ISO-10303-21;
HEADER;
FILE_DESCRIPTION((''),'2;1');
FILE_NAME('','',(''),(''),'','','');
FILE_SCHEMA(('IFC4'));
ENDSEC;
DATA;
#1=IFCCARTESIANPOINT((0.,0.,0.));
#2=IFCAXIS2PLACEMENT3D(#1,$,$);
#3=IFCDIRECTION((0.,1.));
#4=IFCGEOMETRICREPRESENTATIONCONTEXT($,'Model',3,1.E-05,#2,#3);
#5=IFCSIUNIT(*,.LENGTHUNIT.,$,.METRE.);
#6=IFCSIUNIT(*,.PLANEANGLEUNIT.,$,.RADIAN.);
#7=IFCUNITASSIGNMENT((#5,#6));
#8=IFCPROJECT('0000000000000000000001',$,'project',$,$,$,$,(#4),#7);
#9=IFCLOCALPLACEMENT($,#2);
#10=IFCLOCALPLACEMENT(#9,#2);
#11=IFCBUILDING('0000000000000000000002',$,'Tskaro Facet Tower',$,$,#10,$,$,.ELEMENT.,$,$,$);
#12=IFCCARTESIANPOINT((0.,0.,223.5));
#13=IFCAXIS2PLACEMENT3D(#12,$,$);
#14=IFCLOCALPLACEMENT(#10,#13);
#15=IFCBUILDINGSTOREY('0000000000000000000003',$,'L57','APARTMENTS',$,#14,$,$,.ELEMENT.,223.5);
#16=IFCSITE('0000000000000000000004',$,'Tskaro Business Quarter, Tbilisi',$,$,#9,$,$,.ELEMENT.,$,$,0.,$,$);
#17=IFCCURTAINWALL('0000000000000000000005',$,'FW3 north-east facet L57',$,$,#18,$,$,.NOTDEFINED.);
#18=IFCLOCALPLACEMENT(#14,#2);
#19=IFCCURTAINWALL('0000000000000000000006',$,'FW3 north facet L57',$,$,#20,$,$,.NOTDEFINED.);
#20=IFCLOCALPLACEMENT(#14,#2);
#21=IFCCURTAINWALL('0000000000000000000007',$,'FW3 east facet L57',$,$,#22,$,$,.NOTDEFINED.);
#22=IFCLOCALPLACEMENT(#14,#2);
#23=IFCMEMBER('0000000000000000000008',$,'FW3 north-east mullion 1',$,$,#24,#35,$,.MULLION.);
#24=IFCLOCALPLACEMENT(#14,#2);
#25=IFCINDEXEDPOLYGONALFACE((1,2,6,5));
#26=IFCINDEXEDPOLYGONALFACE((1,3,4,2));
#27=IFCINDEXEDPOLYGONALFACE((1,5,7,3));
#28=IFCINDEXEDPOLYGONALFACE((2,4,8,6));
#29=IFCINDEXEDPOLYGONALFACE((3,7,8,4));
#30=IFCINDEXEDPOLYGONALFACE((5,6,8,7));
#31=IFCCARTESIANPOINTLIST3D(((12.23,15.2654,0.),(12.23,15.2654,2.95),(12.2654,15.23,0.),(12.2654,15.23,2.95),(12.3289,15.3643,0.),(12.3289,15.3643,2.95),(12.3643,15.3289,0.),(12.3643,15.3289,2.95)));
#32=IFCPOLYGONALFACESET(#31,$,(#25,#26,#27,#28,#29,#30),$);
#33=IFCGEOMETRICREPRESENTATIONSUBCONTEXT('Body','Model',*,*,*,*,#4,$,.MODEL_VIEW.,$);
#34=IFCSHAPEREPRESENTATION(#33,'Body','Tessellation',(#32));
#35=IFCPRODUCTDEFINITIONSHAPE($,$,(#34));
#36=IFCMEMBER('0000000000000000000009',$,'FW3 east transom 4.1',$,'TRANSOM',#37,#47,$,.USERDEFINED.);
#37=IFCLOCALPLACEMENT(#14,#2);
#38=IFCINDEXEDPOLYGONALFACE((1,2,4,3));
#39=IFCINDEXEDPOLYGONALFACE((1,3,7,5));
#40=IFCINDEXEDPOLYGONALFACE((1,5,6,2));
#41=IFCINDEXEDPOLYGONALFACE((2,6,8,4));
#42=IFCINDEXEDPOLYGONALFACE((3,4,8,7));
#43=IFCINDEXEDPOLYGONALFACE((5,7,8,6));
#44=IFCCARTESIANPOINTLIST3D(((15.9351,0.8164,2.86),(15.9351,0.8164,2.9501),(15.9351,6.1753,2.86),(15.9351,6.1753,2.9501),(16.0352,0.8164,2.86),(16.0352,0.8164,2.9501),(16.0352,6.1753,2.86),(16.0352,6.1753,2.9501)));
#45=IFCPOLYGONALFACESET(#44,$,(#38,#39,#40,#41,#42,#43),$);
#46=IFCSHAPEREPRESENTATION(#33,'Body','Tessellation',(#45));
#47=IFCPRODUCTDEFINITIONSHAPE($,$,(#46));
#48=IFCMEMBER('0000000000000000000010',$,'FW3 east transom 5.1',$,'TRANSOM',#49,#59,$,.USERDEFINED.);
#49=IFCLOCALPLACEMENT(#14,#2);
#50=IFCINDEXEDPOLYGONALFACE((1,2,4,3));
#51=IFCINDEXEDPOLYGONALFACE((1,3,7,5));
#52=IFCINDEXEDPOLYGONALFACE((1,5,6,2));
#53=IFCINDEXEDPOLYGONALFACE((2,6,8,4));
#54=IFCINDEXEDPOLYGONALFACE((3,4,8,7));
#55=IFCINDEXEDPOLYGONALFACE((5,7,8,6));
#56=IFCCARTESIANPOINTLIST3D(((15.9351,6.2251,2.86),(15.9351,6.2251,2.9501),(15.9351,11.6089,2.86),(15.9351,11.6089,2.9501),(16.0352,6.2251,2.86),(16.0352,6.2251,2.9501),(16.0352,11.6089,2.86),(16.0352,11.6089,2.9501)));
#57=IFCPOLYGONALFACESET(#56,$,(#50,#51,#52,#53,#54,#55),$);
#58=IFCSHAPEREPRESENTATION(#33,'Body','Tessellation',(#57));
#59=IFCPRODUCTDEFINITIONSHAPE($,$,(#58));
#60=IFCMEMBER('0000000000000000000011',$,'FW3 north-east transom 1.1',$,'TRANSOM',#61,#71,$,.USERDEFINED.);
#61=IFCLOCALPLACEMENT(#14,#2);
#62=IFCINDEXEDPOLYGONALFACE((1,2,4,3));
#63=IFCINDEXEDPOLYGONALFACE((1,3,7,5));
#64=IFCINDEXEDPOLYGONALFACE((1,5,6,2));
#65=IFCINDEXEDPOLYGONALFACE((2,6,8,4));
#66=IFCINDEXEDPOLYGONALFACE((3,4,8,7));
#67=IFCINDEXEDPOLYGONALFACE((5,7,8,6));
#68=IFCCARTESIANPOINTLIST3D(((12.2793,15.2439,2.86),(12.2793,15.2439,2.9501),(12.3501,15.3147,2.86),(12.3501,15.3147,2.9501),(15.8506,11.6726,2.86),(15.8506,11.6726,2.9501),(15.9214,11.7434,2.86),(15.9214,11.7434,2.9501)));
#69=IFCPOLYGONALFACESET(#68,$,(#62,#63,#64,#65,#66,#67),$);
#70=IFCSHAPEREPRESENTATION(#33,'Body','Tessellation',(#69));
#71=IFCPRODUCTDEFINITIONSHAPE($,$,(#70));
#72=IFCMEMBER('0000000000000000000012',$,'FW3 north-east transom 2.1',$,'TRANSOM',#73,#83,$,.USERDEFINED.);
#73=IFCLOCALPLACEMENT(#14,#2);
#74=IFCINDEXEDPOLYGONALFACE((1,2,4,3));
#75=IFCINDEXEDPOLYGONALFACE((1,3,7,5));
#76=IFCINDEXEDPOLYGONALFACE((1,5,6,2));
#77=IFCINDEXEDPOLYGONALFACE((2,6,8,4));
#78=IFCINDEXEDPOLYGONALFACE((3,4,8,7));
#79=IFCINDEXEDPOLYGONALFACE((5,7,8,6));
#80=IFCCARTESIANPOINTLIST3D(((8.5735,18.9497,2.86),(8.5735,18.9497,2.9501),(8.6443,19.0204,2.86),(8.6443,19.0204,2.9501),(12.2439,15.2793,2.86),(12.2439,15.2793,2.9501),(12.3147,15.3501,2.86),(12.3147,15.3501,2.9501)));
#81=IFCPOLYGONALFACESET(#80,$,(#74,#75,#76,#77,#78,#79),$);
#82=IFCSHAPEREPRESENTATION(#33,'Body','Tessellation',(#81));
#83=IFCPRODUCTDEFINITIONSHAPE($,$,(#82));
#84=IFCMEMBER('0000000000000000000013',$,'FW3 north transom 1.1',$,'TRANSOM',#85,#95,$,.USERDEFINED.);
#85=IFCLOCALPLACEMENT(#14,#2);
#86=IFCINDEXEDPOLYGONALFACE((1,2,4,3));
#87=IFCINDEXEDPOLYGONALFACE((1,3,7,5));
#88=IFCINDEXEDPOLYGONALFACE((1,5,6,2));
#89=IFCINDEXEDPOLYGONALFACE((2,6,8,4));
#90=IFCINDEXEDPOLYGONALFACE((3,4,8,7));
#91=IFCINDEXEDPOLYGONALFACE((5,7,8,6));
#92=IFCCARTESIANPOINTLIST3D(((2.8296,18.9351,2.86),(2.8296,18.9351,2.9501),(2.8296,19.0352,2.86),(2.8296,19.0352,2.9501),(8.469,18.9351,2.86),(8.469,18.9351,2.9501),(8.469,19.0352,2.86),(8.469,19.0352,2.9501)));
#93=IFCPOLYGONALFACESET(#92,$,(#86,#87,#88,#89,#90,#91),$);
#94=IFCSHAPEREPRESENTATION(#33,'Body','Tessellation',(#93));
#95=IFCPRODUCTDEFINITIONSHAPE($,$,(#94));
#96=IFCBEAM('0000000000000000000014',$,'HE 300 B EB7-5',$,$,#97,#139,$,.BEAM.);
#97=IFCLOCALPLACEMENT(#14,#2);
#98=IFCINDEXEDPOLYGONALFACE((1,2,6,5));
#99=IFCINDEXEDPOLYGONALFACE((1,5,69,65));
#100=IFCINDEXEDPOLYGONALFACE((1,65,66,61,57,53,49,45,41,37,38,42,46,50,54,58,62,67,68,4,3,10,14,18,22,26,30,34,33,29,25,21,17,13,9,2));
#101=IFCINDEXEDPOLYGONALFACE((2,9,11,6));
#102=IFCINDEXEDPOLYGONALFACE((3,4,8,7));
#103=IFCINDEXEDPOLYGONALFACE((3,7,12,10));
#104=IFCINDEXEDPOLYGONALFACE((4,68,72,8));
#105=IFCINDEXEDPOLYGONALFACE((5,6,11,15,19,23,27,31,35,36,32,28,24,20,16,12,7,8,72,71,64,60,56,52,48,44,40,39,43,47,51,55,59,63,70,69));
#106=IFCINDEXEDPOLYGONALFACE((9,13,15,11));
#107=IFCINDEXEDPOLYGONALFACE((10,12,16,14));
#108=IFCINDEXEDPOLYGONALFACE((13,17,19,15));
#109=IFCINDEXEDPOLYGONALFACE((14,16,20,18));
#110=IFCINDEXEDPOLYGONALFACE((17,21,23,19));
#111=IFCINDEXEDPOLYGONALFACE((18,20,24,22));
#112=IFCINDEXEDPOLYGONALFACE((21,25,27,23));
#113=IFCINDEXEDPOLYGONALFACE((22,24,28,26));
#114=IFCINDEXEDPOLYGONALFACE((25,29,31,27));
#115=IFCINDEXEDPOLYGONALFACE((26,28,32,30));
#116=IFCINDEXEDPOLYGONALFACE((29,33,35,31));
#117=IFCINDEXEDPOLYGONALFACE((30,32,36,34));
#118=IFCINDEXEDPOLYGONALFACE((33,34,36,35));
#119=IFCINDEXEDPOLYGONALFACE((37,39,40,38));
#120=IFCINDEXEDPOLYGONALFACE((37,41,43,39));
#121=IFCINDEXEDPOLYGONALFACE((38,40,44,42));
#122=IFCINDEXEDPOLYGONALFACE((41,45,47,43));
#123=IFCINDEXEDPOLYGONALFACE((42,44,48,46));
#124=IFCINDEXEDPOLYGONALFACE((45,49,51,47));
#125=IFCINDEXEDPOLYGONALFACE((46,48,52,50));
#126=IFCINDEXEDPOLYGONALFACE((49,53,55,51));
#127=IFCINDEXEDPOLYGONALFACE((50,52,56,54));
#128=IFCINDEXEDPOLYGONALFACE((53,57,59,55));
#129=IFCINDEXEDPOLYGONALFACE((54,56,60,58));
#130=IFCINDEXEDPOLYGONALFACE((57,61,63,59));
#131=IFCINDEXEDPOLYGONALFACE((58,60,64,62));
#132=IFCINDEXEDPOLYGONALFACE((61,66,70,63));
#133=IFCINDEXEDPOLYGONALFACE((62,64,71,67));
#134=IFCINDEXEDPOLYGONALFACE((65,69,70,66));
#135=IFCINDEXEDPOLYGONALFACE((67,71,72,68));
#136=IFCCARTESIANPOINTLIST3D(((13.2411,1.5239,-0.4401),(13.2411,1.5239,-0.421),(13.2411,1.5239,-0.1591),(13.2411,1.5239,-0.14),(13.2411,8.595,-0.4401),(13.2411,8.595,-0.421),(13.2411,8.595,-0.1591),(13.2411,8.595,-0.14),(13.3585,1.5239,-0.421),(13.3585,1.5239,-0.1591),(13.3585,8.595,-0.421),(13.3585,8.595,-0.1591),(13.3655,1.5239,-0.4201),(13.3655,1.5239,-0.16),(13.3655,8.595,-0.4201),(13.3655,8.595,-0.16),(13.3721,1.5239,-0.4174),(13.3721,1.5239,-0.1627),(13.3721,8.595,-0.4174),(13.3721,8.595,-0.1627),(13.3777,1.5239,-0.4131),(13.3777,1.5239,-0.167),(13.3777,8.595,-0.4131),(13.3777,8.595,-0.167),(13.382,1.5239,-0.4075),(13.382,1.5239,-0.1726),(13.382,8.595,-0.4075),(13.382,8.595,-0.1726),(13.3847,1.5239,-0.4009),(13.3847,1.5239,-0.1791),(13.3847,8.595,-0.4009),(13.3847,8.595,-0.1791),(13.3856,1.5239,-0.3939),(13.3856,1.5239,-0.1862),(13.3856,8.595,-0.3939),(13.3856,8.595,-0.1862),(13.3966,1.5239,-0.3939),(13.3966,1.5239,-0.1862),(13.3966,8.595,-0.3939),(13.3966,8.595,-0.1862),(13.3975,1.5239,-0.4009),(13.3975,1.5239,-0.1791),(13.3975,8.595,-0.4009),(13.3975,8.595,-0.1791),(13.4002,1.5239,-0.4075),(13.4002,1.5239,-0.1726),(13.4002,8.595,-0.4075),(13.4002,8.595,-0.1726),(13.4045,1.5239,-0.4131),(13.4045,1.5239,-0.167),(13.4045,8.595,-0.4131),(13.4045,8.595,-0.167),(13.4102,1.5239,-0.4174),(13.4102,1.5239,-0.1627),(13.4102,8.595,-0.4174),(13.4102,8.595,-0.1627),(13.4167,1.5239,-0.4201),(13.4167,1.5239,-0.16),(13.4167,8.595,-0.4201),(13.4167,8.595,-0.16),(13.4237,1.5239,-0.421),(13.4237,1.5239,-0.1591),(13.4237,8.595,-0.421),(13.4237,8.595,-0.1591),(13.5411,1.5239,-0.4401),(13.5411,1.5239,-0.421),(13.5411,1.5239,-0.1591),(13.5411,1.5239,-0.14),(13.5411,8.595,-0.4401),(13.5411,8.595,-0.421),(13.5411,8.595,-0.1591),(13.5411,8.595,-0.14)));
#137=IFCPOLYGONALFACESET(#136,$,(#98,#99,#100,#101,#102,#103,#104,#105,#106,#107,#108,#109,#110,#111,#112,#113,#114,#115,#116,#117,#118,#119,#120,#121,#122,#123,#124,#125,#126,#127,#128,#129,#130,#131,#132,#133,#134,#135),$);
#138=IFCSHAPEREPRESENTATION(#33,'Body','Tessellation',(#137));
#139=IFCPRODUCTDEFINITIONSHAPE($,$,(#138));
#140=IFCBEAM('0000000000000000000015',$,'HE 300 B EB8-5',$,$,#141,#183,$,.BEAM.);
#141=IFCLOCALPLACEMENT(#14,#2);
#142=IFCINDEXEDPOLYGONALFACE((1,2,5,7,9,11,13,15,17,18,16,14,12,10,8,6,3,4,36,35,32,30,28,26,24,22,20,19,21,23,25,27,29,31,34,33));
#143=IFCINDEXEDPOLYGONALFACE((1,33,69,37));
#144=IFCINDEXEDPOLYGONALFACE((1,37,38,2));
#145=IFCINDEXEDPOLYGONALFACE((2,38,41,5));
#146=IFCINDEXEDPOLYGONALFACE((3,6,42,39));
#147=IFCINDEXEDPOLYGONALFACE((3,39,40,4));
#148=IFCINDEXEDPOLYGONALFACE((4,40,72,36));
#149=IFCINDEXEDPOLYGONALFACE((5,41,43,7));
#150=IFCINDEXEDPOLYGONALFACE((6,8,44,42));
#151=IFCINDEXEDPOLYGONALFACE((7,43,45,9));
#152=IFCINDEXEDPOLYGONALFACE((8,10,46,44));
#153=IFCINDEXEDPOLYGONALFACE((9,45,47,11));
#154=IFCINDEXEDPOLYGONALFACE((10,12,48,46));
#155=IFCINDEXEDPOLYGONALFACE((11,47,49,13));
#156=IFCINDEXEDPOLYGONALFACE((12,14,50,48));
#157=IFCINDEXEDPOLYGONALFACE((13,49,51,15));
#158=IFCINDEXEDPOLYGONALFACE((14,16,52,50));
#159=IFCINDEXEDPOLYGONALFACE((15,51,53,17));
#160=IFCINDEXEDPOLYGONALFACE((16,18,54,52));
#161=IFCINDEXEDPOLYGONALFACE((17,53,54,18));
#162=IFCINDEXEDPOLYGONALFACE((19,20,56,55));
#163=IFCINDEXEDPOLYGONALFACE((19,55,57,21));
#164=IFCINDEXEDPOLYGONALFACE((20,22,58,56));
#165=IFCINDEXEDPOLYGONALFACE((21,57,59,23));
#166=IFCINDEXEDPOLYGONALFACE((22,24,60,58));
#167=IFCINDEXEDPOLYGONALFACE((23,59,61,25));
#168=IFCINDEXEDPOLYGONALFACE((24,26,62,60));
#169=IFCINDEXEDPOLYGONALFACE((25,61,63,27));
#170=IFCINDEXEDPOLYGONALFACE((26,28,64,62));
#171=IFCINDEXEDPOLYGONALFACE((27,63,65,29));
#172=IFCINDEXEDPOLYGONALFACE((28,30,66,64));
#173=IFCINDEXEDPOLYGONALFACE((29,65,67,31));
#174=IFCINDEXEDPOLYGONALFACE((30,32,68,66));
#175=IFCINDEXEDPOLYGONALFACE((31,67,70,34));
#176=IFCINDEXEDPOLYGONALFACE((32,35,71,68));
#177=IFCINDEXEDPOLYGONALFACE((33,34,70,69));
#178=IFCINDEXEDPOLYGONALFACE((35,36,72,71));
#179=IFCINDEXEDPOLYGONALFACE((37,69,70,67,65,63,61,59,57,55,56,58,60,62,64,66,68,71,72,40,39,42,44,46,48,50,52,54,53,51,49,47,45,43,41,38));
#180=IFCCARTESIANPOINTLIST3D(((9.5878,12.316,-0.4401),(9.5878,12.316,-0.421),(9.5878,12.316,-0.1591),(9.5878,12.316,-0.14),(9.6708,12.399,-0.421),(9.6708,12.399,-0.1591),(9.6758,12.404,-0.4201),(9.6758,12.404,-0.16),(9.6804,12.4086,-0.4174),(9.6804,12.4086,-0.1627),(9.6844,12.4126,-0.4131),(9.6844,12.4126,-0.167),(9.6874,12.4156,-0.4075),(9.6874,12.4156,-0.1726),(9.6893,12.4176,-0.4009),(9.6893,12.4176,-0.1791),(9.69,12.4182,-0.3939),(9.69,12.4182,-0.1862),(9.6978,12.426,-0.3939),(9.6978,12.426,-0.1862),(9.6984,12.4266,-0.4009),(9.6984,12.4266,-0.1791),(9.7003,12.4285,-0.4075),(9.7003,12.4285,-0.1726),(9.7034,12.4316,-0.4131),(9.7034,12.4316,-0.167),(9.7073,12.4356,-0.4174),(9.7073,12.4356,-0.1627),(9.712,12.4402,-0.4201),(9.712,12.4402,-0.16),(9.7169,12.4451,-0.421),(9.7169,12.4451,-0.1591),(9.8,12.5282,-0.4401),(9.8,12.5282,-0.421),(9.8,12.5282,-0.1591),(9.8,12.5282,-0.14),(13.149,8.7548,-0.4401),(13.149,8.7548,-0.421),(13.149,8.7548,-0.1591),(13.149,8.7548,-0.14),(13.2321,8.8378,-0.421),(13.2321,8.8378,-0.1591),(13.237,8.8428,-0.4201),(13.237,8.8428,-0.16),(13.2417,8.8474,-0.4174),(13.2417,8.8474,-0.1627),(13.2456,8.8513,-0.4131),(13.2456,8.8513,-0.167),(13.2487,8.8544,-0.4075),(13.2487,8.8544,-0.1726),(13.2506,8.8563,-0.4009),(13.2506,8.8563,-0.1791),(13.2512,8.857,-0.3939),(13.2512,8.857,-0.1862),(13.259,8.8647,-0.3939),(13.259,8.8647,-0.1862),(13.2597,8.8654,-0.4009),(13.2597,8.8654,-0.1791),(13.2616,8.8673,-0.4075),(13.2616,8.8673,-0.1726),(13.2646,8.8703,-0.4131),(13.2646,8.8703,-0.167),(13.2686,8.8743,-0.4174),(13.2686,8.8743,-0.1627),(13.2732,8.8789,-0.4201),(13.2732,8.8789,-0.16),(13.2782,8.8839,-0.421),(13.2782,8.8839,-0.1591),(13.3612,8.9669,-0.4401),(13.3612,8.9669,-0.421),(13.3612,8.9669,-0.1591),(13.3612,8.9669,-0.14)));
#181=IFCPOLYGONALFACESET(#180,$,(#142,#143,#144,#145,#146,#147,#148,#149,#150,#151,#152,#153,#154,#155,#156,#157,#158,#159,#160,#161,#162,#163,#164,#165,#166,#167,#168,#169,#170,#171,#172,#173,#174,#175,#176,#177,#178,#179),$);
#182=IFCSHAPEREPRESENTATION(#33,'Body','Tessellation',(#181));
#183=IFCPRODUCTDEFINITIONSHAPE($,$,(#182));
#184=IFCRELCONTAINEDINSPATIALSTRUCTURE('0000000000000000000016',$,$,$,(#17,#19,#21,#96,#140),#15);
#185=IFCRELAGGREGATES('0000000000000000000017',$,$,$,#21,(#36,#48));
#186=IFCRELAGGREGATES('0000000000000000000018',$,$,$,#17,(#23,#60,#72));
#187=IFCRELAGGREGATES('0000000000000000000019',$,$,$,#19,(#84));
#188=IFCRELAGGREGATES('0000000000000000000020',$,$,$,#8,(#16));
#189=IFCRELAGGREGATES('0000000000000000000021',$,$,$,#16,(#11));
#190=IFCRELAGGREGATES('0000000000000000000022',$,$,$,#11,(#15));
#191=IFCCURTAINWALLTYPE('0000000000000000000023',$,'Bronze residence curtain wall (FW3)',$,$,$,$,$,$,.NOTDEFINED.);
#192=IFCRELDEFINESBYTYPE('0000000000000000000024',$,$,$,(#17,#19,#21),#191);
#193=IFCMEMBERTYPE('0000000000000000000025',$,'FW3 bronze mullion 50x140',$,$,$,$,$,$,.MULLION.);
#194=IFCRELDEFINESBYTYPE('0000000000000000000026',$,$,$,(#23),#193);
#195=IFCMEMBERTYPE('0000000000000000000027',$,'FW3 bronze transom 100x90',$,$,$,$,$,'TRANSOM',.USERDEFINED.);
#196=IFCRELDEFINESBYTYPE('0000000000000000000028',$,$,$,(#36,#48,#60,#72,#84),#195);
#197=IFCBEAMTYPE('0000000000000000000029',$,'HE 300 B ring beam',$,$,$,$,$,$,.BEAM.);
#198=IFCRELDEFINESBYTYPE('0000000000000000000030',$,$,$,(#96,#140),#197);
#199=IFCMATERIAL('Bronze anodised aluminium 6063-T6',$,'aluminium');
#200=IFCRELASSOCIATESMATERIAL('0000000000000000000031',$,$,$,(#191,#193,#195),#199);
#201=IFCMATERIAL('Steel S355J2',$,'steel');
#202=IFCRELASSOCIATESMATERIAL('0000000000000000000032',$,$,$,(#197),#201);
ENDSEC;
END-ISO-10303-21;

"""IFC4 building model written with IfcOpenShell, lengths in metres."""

from ifc_helpers import new_model, si_unit, direction, frame, origin, origin_2d, place, context, subcontext, project, spatial, rectangle, i_section, extrude, material, material_profile, profile_set, type_object, element, aggregate, save


model = new_model("IFC4")

# Units and contexts
model_context = context("Model", 3, precision=1e-05, world=origin(), true_north=direction((0.0, 1.0)))
body_context = subcontext(model_context, "Body", "Model", "MODEL_VIEW")
ifc_project = project(units=[si_unit("LENGTHUNIT", "METRE"), si_unit("PLANEANGLEUNIT", "RADIAN")], contexts=[model_context])

# Site, building, storey
site_placement = place(None, origin())
site = spatial("IfcSite", under=ifc_project, at=site_placement, Name="Tskaro Business Quarter, Tbilisi", CompositionType="ELEMENT", RefElevation=0.0)
building_placement = place(site_placement, origin())
building = spatial("IfcBuilding", under=site, at=building_placement, Name="Tskaro Facet Tower", CompositionType="ELEMENT")
storey_placement = place(building_placement, frame((0.0, 0.0, 223.5)))
storey = spatial("IfcBuildingStorey", under=building, at=storey_placement, Name="L57", Description="APARTMENTS", CompositionType="ELEMENT", Elevation=223.5)

# Shared definitions
ifc_material_1 = material(Name="Steel S355J2", Category="steel")

# Curtain walls
ifc_material_2 = material(Name="Bronze anodised aluminium 6063-T6", Category="aluminium")
curtain_wall_type = type_object("IfcCurtainWallType", Name="Bronze residence curtain wall (FW3)", PredefinedType="NOTDEFINED", material=ifc_material_2)
curtain_wall_1_placement = place(storey_placement, origin())
curtain_wall_1 = element("IfcCurtainWall", 1, at=curtain_wall_1_placement, inside=storey, type_object=curtain_wall_type, Name="FW3 north-east facet L57", PredefinedType="NOTDEFINED")
curtain_wall_2_placement = place(storey_placement, origin())
curtain_wall_2 = element("IfcCurtainWall", 2, at=curtain_wall_2_placement, inside=storey, type_object=curtain_wall_type, Name="FW3 north facet L57", PredefinedType="NOTDEFINED")

# Curtain wall
curtain_wall_3_placement = place(storey_placement, origin())
curtain_wall_3 = element("IfcCurtainWall", 3, at=curtain_wall_3_placement, inside=storey, type_object=curtain_wall_type, Name="FW3 east facet L57", PredefinedType="NOTDEFINED")
ifc_material_profile_1 = material_profile(ifc_material_2, rectangle(XDim=0.05, YDim=0.1399, at=origin_2d()), Name="Mullion 50x140")
ifc_profile_set_1 = profile_set([ifc_material_profile_1], Name="Bronze anodised aluminium 6063-T6")
member_type_1 = type_object("IfcMemberType", Name="FW3 bronze mullion 50x140", PredefinedType="MULLION", material=ifc_profile_set_1)

# Members
member_1_placement = place(storey_placement, frame((12.2971, 15.2971, 0.0), z_axis=(0.0, 0.0, 1.0), x_axis=(-0.707107, 0.707107, 0.0)))
member_1 = element("IfcMember", 4, at=member_1_placement, type_object=member_type_1, Name="FW3 north-east mullion 1", PredefinedType="MULLION", context=body_context, shape_type="SweptSolid", body=[
    extrude(rectangle(XDim=0.05, YDim=0.1399, at=origin_2d()), origin(), (0.0, 0.0, 1.0), 2.95),
])
ifc_material_profile_2 = material_profile(ifc_material_2, rectangle(XDim=0.1001, YDim=0.0901, at=origin_2d()), Name="Transom 100x90")
ifc_profile_set_2 = profile_set([ifc_material_profile_2], Name="Bronze anodised aluminium 6063-T6")
member_type_2 = type_object("IfcMemberType", Name="FW3 bronze transom 100x90", ElementType="TRANSOM", PredefinedType="USERDEFINED", material=ifc_profile_set_2)
member_2_placement = place(storey_placement, frame((15.9851, 0.8164, 2.905), z_axis=(0.0, 1.0, 0.0), x_axis=(-1.0, 0.0, 0.0)))
member_2 = element("IfcMember", 5, at=member_2_placement, type_object=member_type_2, Name="FW3 east transom 4.1", ObjectType="TRANSOM", PredefinedType="USERDEFINED", context=body_context, shape_type="SweptSolid", body=[
    extrude(rectangle(XDim=0.1001, YDim=0.0901, at=origin_2d()), origin(), (0.0, 0.0, 1.0), 5.3589),
])
member_3_placement = place(storey_placement, frame((15.9851, 6.2251, 2.905), z_axis=(0.0, 1.0, 0.0), x_axis=(-1.0, 0.0, 0.0)))
member_3 = element("IfcMember", 6, at=member_3_placement, type_object=member_type_2, Name="FW3 east transom 5.1", ObjectType="TRANSOM", PredefinedType="USERDEFINED", context=body_context, shape_type="SweptSolid", body=[
    extrude(rectangle(XDim=0.1001, YDim=0.0901, at=origin_2d()), origin(), (0.0, 0.0, 1.0), 5.3838),
])
member_4_placement = place(storey_placement, frame((15.886, 11.708, 2.905), z_axis=(-0.707107, 0.707107, 0.0), x_axis=(-0.707107, -0.707107, 0.0)))
member_4 = element("IfcMember", 7, at=member_4_placement, type_object=member_type_2, Name="FW3 north-east transom 1.1", ObjectType="TRANSOM", PredefinedType="USERDEFINED", context=body_context, shape_type="SweptSolid", body=[
    extrude(rectangle(XDim=0.1001, YDim=0.0901, at=origin_2d()), origin(), (0.0, 0.0, 1.0), 5.0505),
])
member_5_placement = place(storey_placement, frame((12.2793, 15.3147, 2.905), z_axis=(-0.707107, 0.707107, 0.0), x_axis=(-0.707107, -0.707107, 0.0)))
member_5 = element("IfcMember", 8, at=member_5_placement, type_object=member_type_2, Name="FW3 north-east transom 2.1", ObjectType="TRANSOM", PredefinedType="USERDEFINED", context=body_context, shape_type="SweptSolid", body=[
    extrude(rectangle(XDim=0.1001, YDim=0.0901, at=origin_2d()), origin(), (0.0, 0.0, 1.0), 5.1907),
])
member_6_placement = place(storey_placement, frame((8.469, 18.9851, 2.905), z_axis=(-1.0, 0.0, 0.0), x_axis=(0.0, -1.0, 0.0)))
member_6 = element("IfcMember", 9, at=member_6_placement, type_object=member_type_2, Name="FW3 north transom 1.1", ObjectType="TRANSOM", PredefinedType="USERDEFINED", context=body_context, shape_type="SweptSolid", body=[
    extrude(rectangle(XDim=0.1001, YDim=0.0901, at=origin_2d()), origin(), (0.0, 0.0, 1.0), 5.6394),
])

# Beams
ifc_material_profile_3 = material_profile(ifc_material_1, i_section(OverallWidth=0.3, OverallDepth=0.3, WebThickness=0.011, FlangeThickness=0.019, FilletRadius=0.0271, at=origin_2d()), Name="HE 300 B")
ifc_profile_set_3 = profile_set([ifc_material_profile_3], Name="Steel S355J2")
beam_type = type_object("IfcBeamType", Name="HE 300 B ring beam", PredefinedType="BEAM", material=ifc_profile_set_3)
beam_1_placement = place(storey_placement, frame((13.3911, 1.5239, -0.29), z_axis=(0.0, 1.0, 0.0), x_axis=(-1.0, 0.0, 0.0)))
element("IfcBeam", 10, at=beam_1_placement, inside=storey, type_object=beam_type, Name="HE 300 B EB7-5", PredefinedType="BEAM", context=body_context, shape_type="SweptSolid", body=[
    extrude(i_section(OverallWidth=0.3, OverallDepth=0.3, WebThickness=0.011, FlangeThickness=0.019, FilletRadius=0.0271, at=origin_2d()), origin(), (0.0, 0.0, 1.0), 7.071),
])
for number, where, z_axis, x_axis, name in (
    (11, (13.2551, 8.8608, -0.29), (-0.707107, 0.707107, 0.0), (-0.707107, -0.707107, 0.0), "HE 300 B EB8-5"),
):
    element("IfcBeam", number, at=place(storey_placement, frame(where, z_axis=z_axis, x_axis=x_axis)), inside=storey, type_object=beam_type, Name=name, PredefinedType="BEAM", context=body_context, shape_type="SweptSolid", body=[
        extrude(i_section(OverallWidth=0.3, OverallDepth=0.3, WebThickness=0.011, FlangeThickness=0.019, FilletRadius=0.0271, at=origin_2d()), origin(), (0.0, 0.0, 1.0), 5.0364),
    ])

aggregate(curtain_wall_3, [member_2, member_3])
aggregate(curtain_wall_1, [member_1, member_4, member_5])
aggregate(curtain_wall_2, [member_6])

save(model, "model.ifc")
